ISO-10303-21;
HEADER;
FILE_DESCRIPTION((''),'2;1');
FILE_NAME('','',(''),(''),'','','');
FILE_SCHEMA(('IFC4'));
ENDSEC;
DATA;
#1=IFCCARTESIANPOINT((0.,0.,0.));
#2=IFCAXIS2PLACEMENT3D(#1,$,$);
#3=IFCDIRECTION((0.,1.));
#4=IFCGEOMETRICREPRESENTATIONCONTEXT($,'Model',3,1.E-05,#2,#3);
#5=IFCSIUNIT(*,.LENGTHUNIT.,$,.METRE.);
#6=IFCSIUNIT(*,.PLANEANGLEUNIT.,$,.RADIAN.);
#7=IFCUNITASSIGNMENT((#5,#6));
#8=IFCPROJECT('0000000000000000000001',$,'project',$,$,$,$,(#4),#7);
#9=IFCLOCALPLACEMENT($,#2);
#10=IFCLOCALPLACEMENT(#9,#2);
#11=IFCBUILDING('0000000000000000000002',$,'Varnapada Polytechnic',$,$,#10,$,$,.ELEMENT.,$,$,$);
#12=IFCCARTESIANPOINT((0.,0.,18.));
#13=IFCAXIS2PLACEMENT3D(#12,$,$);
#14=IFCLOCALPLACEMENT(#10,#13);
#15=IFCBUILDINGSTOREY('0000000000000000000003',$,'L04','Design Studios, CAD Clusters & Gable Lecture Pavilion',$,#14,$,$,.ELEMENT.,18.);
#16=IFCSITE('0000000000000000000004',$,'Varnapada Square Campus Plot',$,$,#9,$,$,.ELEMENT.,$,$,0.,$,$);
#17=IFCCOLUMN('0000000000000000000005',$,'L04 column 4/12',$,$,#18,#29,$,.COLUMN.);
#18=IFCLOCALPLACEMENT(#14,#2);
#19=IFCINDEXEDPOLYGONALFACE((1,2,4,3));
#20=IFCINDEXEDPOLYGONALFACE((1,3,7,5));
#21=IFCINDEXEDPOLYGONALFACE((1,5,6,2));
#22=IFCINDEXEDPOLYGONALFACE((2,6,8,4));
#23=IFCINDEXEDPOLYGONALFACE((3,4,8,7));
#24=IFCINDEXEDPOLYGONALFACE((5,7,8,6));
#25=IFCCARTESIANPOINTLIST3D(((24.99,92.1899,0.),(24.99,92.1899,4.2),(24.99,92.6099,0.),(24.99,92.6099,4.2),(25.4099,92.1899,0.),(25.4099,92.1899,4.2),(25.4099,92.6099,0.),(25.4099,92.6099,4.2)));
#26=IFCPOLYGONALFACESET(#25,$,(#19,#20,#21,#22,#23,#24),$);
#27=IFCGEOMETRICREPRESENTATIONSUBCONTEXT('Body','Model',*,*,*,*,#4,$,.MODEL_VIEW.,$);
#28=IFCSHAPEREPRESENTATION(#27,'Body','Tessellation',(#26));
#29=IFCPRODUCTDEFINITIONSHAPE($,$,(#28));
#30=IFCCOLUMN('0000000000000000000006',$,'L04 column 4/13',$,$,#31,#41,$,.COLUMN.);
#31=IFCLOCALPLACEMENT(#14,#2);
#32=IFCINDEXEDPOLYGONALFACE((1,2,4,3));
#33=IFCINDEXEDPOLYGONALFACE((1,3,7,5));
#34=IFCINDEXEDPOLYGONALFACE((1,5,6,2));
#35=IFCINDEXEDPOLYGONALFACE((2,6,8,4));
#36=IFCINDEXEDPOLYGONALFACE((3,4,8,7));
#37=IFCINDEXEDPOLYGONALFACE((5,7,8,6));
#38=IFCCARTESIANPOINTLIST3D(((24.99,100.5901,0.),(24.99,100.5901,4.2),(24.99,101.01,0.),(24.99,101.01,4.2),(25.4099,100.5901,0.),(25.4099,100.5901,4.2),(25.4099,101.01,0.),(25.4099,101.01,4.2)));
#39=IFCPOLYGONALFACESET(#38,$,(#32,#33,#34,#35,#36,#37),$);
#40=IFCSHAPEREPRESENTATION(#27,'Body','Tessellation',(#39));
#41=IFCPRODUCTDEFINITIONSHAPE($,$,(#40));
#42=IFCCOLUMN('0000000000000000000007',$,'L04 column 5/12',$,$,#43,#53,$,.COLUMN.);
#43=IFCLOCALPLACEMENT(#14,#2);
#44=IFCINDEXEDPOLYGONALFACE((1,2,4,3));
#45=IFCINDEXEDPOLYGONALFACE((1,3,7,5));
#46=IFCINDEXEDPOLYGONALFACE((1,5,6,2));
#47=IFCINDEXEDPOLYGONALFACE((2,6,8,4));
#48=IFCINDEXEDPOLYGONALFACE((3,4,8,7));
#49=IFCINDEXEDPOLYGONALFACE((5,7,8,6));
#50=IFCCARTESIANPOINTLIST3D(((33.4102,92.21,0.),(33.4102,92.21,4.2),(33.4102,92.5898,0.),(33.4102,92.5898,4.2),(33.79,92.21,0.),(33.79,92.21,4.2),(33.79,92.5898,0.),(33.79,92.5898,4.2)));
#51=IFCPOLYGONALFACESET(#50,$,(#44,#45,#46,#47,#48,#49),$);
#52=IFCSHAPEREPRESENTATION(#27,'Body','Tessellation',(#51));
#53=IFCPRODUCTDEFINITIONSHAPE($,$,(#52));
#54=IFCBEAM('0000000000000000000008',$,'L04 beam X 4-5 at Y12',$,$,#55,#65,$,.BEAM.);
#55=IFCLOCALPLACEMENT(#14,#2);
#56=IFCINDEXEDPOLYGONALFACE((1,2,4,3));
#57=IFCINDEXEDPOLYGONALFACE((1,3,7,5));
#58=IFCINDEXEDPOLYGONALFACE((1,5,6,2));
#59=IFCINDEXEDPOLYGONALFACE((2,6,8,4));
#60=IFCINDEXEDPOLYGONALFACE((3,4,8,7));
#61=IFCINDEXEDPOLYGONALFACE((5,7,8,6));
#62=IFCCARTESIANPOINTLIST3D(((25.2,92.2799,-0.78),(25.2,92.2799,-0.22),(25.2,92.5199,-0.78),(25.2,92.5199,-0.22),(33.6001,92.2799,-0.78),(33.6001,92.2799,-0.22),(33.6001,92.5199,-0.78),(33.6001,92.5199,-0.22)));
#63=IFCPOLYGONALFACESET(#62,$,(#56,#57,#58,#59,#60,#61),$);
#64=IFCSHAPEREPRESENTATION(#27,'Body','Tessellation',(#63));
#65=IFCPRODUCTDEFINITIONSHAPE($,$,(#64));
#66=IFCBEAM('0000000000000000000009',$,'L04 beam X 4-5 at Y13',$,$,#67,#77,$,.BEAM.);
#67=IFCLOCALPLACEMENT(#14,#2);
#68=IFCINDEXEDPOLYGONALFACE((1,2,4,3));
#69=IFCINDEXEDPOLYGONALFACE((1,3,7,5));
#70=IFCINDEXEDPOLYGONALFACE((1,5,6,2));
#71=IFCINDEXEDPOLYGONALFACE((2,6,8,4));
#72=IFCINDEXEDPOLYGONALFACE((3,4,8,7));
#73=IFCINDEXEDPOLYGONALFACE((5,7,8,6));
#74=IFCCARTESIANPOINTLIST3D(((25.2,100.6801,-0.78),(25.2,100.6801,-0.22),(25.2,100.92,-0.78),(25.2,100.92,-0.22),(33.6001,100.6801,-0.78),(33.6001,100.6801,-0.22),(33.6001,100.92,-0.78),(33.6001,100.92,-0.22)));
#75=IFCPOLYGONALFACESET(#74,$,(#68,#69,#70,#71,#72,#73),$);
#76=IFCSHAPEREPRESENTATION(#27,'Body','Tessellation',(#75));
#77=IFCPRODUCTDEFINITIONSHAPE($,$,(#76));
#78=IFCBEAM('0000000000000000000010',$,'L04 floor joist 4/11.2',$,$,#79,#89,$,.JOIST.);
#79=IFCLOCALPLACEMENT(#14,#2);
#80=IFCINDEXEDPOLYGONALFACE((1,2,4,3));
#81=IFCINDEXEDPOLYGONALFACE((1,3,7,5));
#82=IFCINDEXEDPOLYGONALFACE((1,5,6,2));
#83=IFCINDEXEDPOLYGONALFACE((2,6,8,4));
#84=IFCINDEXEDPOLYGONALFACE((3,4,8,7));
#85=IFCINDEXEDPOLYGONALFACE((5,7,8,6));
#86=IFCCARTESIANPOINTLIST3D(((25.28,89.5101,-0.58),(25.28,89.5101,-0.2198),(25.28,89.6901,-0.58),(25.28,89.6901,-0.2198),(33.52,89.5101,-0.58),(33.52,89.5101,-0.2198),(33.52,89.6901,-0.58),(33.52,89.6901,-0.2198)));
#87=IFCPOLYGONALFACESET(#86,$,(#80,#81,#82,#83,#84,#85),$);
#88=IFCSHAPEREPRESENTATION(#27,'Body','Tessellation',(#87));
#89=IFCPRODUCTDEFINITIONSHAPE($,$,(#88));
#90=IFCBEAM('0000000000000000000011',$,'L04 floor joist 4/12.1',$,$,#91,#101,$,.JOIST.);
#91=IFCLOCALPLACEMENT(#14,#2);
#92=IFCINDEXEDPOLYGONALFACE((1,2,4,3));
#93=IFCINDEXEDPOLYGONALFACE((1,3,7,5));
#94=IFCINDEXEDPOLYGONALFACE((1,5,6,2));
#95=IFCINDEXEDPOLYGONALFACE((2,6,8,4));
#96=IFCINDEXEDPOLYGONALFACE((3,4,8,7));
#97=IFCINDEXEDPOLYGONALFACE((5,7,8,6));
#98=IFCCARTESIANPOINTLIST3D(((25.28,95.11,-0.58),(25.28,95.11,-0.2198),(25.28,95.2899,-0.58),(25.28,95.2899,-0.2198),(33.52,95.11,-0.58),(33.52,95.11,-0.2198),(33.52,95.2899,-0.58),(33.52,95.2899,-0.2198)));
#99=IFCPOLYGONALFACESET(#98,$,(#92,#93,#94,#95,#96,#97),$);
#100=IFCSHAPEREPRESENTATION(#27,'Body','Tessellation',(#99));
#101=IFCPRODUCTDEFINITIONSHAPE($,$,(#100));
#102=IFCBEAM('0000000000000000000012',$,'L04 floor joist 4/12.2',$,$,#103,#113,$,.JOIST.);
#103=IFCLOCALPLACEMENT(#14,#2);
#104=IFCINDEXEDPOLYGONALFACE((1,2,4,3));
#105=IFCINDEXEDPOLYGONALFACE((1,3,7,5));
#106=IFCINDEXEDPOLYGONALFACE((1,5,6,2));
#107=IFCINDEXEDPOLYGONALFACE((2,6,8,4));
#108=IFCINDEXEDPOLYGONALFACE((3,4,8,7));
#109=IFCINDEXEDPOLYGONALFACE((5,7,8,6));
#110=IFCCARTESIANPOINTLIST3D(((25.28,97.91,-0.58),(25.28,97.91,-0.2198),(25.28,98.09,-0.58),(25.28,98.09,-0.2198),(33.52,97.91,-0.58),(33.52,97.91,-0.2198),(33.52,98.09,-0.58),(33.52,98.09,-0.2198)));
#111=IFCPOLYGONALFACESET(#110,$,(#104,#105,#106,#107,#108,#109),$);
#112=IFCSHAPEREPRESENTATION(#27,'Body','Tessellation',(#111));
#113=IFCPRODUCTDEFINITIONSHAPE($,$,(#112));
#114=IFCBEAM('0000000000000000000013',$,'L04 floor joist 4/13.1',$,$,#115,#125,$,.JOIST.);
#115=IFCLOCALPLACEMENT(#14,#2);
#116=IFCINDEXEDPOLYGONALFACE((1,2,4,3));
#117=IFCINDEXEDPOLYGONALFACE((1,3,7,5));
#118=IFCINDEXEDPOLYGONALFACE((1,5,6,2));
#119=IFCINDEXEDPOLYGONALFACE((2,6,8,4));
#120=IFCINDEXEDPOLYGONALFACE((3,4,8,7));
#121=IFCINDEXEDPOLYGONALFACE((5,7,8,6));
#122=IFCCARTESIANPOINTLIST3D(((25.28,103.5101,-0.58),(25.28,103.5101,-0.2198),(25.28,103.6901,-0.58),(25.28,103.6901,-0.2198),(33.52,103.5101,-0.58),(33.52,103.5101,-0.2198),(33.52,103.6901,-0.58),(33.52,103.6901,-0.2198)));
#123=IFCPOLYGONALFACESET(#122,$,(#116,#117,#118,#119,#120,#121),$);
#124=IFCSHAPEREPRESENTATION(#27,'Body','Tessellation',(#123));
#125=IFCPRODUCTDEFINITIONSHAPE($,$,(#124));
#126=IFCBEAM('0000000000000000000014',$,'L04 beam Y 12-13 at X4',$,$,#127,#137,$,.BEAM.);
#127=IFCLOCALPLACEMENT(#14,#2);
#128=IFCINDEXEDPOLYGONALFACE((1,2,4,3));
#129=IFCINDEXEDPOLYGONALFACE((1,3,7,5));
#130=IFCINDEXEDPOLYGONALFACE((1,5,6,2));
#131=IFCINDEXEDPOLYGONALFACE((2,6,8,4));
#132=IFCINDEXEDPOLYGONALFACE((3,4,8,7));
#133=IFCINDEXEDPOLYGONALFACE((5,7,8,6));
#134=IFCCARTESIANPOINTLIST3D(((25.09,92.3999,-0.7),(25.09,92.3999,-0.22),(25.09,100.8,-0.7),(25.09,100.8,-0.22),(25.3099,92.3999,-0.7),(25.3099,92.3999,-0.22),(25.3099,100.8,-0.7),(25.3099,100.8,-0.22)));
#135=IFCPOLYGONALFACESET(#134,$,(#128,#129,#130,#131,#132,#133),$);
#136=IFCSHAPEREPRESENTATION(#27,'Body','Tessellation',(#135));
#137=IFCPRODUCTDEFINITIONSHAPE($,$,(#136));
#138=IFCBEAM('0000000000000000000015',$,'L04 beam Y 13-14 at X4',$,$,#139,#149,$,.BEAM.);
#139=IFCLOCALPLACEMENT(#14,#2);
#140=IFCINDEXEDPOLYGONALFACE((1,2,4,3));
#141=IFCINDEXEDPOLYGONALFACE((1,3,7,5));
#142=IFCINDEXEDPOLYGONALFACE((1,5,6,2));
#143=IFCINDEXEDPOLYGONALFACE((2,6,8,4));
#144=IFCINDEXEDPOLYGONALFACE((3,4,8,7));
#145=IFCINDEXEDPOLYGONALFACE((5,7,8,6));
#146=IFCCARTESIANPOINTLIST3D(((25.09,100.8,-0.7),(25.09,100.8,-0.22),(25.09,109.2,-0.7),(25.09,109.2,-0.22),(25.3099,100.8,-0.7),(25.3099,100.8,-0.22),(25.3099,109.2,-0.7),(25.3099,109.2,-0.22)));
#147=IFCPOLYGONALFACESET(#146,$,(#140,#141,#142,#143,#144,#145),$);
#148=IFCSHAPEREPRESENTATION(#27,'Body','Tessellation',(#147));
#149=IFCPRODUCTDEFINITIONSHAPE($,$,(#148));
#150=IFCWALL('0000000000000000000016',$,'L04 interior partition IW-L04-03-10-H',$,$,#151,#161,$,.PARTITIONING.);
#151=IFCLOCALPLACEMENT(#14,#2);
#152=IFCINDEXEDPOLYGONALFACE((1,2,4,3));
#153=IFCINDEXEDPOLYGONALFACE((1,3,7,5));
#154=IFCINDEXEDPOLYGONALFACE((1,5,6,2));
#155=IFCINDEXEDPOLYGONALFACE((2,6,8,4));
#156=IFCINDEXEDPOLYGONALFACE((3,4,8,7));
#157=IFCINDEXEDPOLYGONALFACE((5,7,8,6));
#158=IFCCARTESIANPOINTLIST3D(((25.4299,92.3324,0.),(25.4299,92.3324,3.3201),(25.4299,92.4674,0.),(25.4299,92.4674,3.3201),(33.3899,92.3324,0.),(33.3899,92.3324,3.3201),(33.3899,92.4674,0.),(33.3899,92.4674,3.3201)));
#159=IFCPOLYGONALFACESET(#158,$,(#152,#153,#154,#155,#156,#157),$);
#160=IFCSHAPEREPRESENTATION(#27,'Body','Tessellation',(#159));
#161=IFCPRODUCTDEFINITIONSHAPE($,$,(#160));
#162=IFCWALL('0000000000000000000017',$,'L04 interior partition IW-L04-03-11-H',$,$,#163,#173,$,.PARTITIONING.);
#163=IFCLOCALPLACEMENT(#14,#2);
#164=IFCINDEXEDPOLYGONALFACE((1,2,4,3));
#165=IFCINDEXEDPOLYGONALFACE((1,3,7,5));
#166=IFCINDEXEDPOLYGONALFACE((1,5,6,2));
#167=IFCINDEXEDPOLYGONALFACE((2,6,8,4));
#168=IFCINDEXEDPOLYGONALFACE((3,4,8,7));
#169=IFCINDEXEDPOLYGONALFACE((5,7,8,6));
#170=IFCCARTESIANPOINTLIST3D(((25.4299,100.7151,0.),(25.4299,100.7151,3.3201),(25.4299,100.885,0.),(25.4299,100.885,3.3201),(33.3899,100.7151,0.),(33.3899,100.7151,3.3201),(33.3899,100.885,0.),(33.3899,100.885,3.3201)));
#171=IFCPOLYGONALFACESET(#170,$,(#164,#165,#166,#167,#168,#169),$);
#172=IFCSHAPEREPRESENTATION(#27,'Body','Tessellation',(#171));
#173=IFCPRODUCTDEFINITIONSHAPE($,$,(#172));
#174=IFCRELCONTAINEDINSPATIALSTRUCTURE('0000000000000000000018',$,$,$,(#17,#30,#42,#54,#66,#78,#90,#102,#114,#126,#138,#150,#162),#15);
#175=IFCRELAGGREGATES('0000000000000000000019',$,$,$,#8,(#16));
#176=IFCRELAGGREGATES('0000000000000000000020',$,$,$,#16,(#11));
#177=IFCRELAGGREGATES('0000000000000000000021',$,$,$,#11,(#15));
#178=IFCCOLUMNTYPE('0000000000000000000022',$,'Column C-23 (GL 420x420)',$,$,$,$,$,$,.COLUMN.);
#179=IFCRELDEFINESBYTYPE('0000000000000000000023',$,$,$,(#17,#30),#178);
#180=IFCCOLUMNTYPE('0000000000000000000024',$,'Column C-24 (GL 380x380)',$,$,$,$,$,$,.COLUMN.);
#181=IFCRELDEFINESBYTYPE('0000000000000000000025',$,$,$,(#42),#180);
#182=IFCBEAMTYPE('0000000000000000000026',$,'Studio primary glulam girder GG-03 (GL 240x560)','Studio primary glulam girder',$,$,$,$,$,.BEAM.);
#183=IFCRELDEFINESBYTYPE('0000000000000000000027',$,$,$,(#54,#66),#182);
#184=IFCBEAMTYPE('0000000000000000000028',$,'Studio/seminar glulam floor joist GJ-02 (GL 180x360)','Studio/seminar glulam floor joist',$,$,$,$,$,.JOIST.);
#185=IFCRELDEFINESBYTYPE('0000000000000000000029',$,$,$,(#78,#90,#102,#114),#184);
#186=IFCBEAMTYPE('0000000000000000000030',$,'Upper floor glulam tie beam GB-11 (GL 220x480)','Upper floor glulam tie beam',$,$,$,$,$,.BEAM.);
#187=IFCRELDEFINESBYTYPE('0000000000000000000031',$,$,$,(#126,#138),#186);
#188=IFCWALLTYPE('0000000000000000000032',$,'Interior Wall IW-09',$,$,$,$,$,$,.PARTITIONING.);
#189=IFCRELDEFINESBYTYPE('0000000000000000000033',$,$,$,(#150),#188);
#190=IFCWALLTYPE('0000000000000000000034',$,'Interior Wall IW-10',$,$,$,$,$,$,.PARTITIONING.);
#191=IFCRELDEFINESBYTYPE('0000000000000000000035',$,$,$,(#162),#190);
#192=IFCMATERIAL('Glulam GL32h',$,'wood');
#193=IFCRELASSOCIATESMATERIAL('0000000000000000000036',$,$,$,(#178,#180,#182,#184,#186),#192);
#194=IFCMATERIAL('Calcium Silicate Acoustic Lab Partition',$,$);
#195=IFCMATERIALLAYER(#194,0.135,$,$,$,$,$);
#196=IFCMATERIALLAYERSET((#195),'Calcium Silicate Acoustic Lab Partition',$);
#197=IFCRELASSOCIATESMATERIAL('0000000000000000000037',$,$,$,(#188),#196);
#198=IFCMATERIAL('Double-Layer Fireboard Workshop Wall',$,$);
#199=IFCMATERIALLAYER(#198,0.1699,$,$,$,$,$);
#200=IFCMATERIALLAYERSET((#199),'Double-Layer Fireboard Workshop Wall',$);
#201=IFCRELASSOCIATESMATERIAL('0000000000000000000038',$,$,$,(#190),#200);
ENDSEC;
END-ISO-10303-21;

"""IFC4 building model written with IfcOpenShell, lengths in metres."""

from ifc_helpers import new_model, si_unit, direction, frame, frame_2d, origin, origin_2d, place, context, subcontext, project, spatial, rectangle, extrude, material, layer, layer_set, material_profile, profile_set, type_object, element, save


model = new_model("IFC4")

# Units and contexts
model_context = context("Model", 3, precision=1e-05, world=origin(), true_north=direction((0.0, 1.0)))
body_context = subcontext(model_context, "Body", "Model", "MODEL_VIEW")
ifc_project = project(units=[si_unit("LENGTHUNIT", "METRE"), si_unit("PLANEANGLEUNIT", "RADIAN")], contexts=[model_context])

# Site, building, storey
site_placement = place(None, origin())
site = spatial("IfcSite", under=ifc_project, at=site_placement, Name="Varnapada Square Campus Plot", CompositionType="ELEMENT", RefElevation=0.0)
building_placement = place(site_placement, origin())
building = spatial("IfcBuilding", under=site, at=building_placement, Name="Varnapada Polytechnic", CompositionType="ELEMENT")
storey_placement = place(building_placement, frame((0.0, 0.0, 18.0)))
storey = spatial("IfcBuildingStorey", under=building, at=storey_placement, Name="L04", Description="Design Studios, CAD Clusters & Gable Lecture Pavilion", CompositionType="ELEMENT", Elevation=18.0)

# Columns
ifc_material_1 = material(Name="Glulam GL32h", Category="wood")
ifc_material_profile_1 = material_profile(ifc_material_1, rectangle(XDim=0.4199, YDim=0.4199, at=origin_2d()), Name="GL 420x420")
ifc_profile_set_1 = profile_set([ifc_material_profile_1], Name="Glulam GL32h")
column_type_1 = type_object("IfcColumnType", Name="Column C-23 (GL 420x420)", PredefinedType="COLUMN", material=ifc_profile_set_1)
for number, where, z_axis, x_axis, name in (
    (1, (25.2, 92.3999, 0.0), (0.0, 0.0, 1.0), (1.0, 0.0, 0.0), "L04 column 4/12"),
    (2, (25.2, 100.8, 0.0), (0.0, 0.0, 1.0), (1.0, 0.0, 0.0), "L04 column 4/13"),
):
    element("IfcColumn", number, at=place(storey_placement, frame(where, z_axis=z_axis, x_axis=x_axis)), inside=storey, type_object=column_type_1, Name=name, PredefinedType="COLUMN", context=body_context, shape_type="SweptSolid", body=[
        extrude(rectangle(XDim=0.4199, YDim=0.4199, at=origin_2d()), origin(), (0.0, 0.0, 1.0), 4.2),
    ])
ifc_material_profile_2 = material_profile(ifc_material_1, rectangle(XDim=0.3799, YDim=0.3799, at=origin_2d()), Name="GL 380x380")
ifc_profile_set_2 = profile_set([ifc_material_profile_2], Name="Glulam GL32h")
column_type_2 = type_object("IfcColumnType", Name="Column C-24 (GL 380x380)", PredefinedType="COLUMN", material=ifc_profile_set_2)
column_placement = place(storey_placement, frame((33.6001, 92.3999, 0.0), z_axis=(0.0, 0.0, 1.0), x_axis=(1.0, 0.0, 0.0)))
element("IfcColumn", 3, at=column_placement, inside=storey, type_object=column_type_2, Name="L04 column 5/12", PredefinedType="COLUMN", context=body_context, shape_type="SweptSolid", body=[
    extrude(rectangle(XDim=0.3799, YDim=0.3799, at=origin_2d()), origin(), (0.0, 0.0, 1.0), 4.2),
])

# Beams
ifc_material_profile_3 = material_profile(ifc_material_1, rectangle(XDim=0.24, YDim=0.5601, at=origin_2d()), Name="GL 240x560")
ifc_profile_set_3 = profile_set([ifc_material_profile_3], Name="Glulam GL32h")
beam_type_1 = type_object("IfcBeamType", Name="Studio primary glulam girder GG-03 (GL 240x560)", Description="Studio primary glulam girder", PredefinedType="BEAM", material=ifc_profile_set_3)
for number, where, z_axis, x_axis, name in (
    (4, (25.2, 92.3999, -0.5), (1.0, 0.0, 0.0), (0.0, 1.0, 0.0), "L04 beam X 4-5 at Y12"),
    (5, (25.2, 100.8, -0.5), (1.0, 0.0, 0.0), (0.0, 1.0, 0.0), "L04 beam X 4-5 at Y13"),
):
    element("IfcBeam", number, at=place(storey_placement, frame(where, z_axis=z_axis, x_axis=x_axis)), inside=storey, type_object=beam_type_1, Name=name, PredefinedType="BEAM", context=body_context, shape_type="SweptSolid", body=[
        extrude(rectangle(XDim=0.24, YDim=0.5601, at=origin_2d()), origin(), (0.0, 0.0, 1.0), 8.4001),
    ])
ifc_material_profile_4 = material_profile(ifc_material_1, rectangle(XDim=0.1799, YDim=0.3601, at=origin_2d()), Name="GL 180x360")
ifc_profile_set_4 = profile_set([ifc_material_profile_4], Name="Glulam GL32h")
beam_type_2 = type_object("IfcBeamType", Name="Studio/seminar glulam floor joist GJ-02 (GL 180x360)", Description="Studio/seminar glulam floor joist", PredefinedType="JOIST", material=ifc_profile_set_4)
for number, where, z_axis, x_axis, name in (
    (6, (25.28, 89.6001, -0.3999), (1.0, 0.0, 0.0), (0.0, 1.0, 0.0), "L04 floor joist 4/11.2"),
    (7, (25.28, 95.2, -0.3999), (1.0, 0.0, 0.0), (0.0, 1.0, 0.0), "L04 floor joist 4/12.1"),
    (8, (25.28, 98.0, -0.3999), (1.0, 0.0, 0.0), (0.0, 1.0, 0.0), "L04 floor joist 4/12.2"),
    (9, (25.28, 103.6001, -0.3999), (1.0, 0.0, 0.0), (0.0, 1.0, 0.0), "L04 floor joist 4/13.1"),
):
    element("IfcBeam", number, at=place(storey_placement, frame(where, z_axis=z_axis, x_axis=x_axis)), inside=storey, type_object=beam_type_2, Name=name, PredefinedType="JOIST", context=body_context, shape_type="SweptSolid", body=[
        extrude(rectangle(XDim=0.1799, YDim=0.3601, at=origin_2d()), origin(), (0.0, 0.0, 1.0), 8.24),
    ])
ifc_material_profile_5 = material_profile(ifc_material_1, rectangle(XDim=0.22, YDim=0.48, at=origin_2d()), Name="GL 220x480")
ifc_profile_set_5 = profile_set([ifc_material_profile_5], Name="Glulam GL32h")
beam_type_3 = type_object("IfcBeamType", Name="Upper floor glulam tie beam GB-11 (GL 220x480)", Description="Upper floor glulam tie beam", PredefinedType="BEAM", material=ifc_profile_set_5)
beam_1_placement = place(storey_placement, frame((25.2, 92.3999, -0.46), z_axis=(0.0, 1.0, 0.0), x_axis=(-1.0, 0.0, 0.0)))
element("IfcBeam", 10, at=beam_1_placement, inside=storey, type_object=beam_type_3, Name="L04 beam Y 12-13 at X4", PredefinedType="BEAM", context=body_context, shape_type="SweptSolid", body=[
    extrude(rectangle(XDim=0.22, YDim=0.48, at=origin_2d()), origin(), (0.0, 0.0, 1.0), 8.4001),
])
beam_2_placement = place(storey_placement, frame((25.2, 100.8, -0.46), z_axis=(0.0, 1.0, 0.0), x_axis=(-1.0, 0.0, 0.0)))
element("IfcBeam", 11, at=beam_2_placement, inside=storey, type_object=beam_type_3, Name="L04 beam Y 13-14 at X4", PredefinedType="BEAM", context=body_context, shape_type="SweptSolid", body=[
    extrude(rectangle(XDim=0.22, YDim=0.48, at=origin_2d()), origin(), (0.0, 0.0, 1.0), 8.3999),
])

# Walls
ifc_material_2 = material(Name="Calcium Silicate Acoustic Lab Partition")
ifc_layer_1 = layer(ifc_material_2, 0.135)
ifc_layer_set_1 = layer_set([ifc_layer_1], Name="Calcium Silicate Acoustic Lab Partition")
wall_type_1 = type_object("IfcWallType", Name="Interior Wall IW-09", PredefinedType="PARTITIONING", material=ifc_layer_set_1)
wall_1_placement = place(storey_placement, frame((25.4299, 92.3999, 0.0), z_axis=(0.0, 0.0, 1.0), x_axis=(1.0, 0.0, 0.0)))
element("IfcWall", 12, at=wall_1_placement, inside=storey, type_object=wall_type_1, Name="L04 interior partition IW-L04-03-10-H", PredefinedType="PARTITIONING", context=body_context, shape_type="SweptSolid", body=[
    extrude(rectangle(XDim=7.96, YDim=0.135, at=frame_2d((3.98, 0.0))), origin(), (0.0, 0.0, 1.0), 3.3201),
])
ifc_material_3 = material(Name="Double-Layer Fireboard Workshop Wall")
ifc_layer_2 = layer(ifc_material_3, 0.1699)
ifc_layer_set_2 = layer_set([ifc_layer_2], Name="Double-Layer Fireboard Workshop Wall")
wall_type_2 = type_object("IfcWallType", Name="Interior Wall IW-10", PredefinedType="PARTITIONING", material=ifc_layer_set_2)
wall_2_placement = place(storey_placement, frame((25.4299, 100.8, 0.0), z_axis=(0.0, 0.0, 1.0), x_axis=(1.0, 0.0, 0.0)))
element("IfcWall", 13, at=wall_2_placement, inside=storey, type_object=wall_type_2, Name="L04 interior partition IW-L04-03-11-H", PredefinedType="PARTITIONING", context=body_context, shape_type="SweptSolid", body=[
    extrude(rectangle(XDim=7.96, YDim=0.1699, at=frame_2d((3.98, 0.0))), origin(), (0.0, 0.0, 1.0), 3.3201),
])

save(model, "model.ifc")
